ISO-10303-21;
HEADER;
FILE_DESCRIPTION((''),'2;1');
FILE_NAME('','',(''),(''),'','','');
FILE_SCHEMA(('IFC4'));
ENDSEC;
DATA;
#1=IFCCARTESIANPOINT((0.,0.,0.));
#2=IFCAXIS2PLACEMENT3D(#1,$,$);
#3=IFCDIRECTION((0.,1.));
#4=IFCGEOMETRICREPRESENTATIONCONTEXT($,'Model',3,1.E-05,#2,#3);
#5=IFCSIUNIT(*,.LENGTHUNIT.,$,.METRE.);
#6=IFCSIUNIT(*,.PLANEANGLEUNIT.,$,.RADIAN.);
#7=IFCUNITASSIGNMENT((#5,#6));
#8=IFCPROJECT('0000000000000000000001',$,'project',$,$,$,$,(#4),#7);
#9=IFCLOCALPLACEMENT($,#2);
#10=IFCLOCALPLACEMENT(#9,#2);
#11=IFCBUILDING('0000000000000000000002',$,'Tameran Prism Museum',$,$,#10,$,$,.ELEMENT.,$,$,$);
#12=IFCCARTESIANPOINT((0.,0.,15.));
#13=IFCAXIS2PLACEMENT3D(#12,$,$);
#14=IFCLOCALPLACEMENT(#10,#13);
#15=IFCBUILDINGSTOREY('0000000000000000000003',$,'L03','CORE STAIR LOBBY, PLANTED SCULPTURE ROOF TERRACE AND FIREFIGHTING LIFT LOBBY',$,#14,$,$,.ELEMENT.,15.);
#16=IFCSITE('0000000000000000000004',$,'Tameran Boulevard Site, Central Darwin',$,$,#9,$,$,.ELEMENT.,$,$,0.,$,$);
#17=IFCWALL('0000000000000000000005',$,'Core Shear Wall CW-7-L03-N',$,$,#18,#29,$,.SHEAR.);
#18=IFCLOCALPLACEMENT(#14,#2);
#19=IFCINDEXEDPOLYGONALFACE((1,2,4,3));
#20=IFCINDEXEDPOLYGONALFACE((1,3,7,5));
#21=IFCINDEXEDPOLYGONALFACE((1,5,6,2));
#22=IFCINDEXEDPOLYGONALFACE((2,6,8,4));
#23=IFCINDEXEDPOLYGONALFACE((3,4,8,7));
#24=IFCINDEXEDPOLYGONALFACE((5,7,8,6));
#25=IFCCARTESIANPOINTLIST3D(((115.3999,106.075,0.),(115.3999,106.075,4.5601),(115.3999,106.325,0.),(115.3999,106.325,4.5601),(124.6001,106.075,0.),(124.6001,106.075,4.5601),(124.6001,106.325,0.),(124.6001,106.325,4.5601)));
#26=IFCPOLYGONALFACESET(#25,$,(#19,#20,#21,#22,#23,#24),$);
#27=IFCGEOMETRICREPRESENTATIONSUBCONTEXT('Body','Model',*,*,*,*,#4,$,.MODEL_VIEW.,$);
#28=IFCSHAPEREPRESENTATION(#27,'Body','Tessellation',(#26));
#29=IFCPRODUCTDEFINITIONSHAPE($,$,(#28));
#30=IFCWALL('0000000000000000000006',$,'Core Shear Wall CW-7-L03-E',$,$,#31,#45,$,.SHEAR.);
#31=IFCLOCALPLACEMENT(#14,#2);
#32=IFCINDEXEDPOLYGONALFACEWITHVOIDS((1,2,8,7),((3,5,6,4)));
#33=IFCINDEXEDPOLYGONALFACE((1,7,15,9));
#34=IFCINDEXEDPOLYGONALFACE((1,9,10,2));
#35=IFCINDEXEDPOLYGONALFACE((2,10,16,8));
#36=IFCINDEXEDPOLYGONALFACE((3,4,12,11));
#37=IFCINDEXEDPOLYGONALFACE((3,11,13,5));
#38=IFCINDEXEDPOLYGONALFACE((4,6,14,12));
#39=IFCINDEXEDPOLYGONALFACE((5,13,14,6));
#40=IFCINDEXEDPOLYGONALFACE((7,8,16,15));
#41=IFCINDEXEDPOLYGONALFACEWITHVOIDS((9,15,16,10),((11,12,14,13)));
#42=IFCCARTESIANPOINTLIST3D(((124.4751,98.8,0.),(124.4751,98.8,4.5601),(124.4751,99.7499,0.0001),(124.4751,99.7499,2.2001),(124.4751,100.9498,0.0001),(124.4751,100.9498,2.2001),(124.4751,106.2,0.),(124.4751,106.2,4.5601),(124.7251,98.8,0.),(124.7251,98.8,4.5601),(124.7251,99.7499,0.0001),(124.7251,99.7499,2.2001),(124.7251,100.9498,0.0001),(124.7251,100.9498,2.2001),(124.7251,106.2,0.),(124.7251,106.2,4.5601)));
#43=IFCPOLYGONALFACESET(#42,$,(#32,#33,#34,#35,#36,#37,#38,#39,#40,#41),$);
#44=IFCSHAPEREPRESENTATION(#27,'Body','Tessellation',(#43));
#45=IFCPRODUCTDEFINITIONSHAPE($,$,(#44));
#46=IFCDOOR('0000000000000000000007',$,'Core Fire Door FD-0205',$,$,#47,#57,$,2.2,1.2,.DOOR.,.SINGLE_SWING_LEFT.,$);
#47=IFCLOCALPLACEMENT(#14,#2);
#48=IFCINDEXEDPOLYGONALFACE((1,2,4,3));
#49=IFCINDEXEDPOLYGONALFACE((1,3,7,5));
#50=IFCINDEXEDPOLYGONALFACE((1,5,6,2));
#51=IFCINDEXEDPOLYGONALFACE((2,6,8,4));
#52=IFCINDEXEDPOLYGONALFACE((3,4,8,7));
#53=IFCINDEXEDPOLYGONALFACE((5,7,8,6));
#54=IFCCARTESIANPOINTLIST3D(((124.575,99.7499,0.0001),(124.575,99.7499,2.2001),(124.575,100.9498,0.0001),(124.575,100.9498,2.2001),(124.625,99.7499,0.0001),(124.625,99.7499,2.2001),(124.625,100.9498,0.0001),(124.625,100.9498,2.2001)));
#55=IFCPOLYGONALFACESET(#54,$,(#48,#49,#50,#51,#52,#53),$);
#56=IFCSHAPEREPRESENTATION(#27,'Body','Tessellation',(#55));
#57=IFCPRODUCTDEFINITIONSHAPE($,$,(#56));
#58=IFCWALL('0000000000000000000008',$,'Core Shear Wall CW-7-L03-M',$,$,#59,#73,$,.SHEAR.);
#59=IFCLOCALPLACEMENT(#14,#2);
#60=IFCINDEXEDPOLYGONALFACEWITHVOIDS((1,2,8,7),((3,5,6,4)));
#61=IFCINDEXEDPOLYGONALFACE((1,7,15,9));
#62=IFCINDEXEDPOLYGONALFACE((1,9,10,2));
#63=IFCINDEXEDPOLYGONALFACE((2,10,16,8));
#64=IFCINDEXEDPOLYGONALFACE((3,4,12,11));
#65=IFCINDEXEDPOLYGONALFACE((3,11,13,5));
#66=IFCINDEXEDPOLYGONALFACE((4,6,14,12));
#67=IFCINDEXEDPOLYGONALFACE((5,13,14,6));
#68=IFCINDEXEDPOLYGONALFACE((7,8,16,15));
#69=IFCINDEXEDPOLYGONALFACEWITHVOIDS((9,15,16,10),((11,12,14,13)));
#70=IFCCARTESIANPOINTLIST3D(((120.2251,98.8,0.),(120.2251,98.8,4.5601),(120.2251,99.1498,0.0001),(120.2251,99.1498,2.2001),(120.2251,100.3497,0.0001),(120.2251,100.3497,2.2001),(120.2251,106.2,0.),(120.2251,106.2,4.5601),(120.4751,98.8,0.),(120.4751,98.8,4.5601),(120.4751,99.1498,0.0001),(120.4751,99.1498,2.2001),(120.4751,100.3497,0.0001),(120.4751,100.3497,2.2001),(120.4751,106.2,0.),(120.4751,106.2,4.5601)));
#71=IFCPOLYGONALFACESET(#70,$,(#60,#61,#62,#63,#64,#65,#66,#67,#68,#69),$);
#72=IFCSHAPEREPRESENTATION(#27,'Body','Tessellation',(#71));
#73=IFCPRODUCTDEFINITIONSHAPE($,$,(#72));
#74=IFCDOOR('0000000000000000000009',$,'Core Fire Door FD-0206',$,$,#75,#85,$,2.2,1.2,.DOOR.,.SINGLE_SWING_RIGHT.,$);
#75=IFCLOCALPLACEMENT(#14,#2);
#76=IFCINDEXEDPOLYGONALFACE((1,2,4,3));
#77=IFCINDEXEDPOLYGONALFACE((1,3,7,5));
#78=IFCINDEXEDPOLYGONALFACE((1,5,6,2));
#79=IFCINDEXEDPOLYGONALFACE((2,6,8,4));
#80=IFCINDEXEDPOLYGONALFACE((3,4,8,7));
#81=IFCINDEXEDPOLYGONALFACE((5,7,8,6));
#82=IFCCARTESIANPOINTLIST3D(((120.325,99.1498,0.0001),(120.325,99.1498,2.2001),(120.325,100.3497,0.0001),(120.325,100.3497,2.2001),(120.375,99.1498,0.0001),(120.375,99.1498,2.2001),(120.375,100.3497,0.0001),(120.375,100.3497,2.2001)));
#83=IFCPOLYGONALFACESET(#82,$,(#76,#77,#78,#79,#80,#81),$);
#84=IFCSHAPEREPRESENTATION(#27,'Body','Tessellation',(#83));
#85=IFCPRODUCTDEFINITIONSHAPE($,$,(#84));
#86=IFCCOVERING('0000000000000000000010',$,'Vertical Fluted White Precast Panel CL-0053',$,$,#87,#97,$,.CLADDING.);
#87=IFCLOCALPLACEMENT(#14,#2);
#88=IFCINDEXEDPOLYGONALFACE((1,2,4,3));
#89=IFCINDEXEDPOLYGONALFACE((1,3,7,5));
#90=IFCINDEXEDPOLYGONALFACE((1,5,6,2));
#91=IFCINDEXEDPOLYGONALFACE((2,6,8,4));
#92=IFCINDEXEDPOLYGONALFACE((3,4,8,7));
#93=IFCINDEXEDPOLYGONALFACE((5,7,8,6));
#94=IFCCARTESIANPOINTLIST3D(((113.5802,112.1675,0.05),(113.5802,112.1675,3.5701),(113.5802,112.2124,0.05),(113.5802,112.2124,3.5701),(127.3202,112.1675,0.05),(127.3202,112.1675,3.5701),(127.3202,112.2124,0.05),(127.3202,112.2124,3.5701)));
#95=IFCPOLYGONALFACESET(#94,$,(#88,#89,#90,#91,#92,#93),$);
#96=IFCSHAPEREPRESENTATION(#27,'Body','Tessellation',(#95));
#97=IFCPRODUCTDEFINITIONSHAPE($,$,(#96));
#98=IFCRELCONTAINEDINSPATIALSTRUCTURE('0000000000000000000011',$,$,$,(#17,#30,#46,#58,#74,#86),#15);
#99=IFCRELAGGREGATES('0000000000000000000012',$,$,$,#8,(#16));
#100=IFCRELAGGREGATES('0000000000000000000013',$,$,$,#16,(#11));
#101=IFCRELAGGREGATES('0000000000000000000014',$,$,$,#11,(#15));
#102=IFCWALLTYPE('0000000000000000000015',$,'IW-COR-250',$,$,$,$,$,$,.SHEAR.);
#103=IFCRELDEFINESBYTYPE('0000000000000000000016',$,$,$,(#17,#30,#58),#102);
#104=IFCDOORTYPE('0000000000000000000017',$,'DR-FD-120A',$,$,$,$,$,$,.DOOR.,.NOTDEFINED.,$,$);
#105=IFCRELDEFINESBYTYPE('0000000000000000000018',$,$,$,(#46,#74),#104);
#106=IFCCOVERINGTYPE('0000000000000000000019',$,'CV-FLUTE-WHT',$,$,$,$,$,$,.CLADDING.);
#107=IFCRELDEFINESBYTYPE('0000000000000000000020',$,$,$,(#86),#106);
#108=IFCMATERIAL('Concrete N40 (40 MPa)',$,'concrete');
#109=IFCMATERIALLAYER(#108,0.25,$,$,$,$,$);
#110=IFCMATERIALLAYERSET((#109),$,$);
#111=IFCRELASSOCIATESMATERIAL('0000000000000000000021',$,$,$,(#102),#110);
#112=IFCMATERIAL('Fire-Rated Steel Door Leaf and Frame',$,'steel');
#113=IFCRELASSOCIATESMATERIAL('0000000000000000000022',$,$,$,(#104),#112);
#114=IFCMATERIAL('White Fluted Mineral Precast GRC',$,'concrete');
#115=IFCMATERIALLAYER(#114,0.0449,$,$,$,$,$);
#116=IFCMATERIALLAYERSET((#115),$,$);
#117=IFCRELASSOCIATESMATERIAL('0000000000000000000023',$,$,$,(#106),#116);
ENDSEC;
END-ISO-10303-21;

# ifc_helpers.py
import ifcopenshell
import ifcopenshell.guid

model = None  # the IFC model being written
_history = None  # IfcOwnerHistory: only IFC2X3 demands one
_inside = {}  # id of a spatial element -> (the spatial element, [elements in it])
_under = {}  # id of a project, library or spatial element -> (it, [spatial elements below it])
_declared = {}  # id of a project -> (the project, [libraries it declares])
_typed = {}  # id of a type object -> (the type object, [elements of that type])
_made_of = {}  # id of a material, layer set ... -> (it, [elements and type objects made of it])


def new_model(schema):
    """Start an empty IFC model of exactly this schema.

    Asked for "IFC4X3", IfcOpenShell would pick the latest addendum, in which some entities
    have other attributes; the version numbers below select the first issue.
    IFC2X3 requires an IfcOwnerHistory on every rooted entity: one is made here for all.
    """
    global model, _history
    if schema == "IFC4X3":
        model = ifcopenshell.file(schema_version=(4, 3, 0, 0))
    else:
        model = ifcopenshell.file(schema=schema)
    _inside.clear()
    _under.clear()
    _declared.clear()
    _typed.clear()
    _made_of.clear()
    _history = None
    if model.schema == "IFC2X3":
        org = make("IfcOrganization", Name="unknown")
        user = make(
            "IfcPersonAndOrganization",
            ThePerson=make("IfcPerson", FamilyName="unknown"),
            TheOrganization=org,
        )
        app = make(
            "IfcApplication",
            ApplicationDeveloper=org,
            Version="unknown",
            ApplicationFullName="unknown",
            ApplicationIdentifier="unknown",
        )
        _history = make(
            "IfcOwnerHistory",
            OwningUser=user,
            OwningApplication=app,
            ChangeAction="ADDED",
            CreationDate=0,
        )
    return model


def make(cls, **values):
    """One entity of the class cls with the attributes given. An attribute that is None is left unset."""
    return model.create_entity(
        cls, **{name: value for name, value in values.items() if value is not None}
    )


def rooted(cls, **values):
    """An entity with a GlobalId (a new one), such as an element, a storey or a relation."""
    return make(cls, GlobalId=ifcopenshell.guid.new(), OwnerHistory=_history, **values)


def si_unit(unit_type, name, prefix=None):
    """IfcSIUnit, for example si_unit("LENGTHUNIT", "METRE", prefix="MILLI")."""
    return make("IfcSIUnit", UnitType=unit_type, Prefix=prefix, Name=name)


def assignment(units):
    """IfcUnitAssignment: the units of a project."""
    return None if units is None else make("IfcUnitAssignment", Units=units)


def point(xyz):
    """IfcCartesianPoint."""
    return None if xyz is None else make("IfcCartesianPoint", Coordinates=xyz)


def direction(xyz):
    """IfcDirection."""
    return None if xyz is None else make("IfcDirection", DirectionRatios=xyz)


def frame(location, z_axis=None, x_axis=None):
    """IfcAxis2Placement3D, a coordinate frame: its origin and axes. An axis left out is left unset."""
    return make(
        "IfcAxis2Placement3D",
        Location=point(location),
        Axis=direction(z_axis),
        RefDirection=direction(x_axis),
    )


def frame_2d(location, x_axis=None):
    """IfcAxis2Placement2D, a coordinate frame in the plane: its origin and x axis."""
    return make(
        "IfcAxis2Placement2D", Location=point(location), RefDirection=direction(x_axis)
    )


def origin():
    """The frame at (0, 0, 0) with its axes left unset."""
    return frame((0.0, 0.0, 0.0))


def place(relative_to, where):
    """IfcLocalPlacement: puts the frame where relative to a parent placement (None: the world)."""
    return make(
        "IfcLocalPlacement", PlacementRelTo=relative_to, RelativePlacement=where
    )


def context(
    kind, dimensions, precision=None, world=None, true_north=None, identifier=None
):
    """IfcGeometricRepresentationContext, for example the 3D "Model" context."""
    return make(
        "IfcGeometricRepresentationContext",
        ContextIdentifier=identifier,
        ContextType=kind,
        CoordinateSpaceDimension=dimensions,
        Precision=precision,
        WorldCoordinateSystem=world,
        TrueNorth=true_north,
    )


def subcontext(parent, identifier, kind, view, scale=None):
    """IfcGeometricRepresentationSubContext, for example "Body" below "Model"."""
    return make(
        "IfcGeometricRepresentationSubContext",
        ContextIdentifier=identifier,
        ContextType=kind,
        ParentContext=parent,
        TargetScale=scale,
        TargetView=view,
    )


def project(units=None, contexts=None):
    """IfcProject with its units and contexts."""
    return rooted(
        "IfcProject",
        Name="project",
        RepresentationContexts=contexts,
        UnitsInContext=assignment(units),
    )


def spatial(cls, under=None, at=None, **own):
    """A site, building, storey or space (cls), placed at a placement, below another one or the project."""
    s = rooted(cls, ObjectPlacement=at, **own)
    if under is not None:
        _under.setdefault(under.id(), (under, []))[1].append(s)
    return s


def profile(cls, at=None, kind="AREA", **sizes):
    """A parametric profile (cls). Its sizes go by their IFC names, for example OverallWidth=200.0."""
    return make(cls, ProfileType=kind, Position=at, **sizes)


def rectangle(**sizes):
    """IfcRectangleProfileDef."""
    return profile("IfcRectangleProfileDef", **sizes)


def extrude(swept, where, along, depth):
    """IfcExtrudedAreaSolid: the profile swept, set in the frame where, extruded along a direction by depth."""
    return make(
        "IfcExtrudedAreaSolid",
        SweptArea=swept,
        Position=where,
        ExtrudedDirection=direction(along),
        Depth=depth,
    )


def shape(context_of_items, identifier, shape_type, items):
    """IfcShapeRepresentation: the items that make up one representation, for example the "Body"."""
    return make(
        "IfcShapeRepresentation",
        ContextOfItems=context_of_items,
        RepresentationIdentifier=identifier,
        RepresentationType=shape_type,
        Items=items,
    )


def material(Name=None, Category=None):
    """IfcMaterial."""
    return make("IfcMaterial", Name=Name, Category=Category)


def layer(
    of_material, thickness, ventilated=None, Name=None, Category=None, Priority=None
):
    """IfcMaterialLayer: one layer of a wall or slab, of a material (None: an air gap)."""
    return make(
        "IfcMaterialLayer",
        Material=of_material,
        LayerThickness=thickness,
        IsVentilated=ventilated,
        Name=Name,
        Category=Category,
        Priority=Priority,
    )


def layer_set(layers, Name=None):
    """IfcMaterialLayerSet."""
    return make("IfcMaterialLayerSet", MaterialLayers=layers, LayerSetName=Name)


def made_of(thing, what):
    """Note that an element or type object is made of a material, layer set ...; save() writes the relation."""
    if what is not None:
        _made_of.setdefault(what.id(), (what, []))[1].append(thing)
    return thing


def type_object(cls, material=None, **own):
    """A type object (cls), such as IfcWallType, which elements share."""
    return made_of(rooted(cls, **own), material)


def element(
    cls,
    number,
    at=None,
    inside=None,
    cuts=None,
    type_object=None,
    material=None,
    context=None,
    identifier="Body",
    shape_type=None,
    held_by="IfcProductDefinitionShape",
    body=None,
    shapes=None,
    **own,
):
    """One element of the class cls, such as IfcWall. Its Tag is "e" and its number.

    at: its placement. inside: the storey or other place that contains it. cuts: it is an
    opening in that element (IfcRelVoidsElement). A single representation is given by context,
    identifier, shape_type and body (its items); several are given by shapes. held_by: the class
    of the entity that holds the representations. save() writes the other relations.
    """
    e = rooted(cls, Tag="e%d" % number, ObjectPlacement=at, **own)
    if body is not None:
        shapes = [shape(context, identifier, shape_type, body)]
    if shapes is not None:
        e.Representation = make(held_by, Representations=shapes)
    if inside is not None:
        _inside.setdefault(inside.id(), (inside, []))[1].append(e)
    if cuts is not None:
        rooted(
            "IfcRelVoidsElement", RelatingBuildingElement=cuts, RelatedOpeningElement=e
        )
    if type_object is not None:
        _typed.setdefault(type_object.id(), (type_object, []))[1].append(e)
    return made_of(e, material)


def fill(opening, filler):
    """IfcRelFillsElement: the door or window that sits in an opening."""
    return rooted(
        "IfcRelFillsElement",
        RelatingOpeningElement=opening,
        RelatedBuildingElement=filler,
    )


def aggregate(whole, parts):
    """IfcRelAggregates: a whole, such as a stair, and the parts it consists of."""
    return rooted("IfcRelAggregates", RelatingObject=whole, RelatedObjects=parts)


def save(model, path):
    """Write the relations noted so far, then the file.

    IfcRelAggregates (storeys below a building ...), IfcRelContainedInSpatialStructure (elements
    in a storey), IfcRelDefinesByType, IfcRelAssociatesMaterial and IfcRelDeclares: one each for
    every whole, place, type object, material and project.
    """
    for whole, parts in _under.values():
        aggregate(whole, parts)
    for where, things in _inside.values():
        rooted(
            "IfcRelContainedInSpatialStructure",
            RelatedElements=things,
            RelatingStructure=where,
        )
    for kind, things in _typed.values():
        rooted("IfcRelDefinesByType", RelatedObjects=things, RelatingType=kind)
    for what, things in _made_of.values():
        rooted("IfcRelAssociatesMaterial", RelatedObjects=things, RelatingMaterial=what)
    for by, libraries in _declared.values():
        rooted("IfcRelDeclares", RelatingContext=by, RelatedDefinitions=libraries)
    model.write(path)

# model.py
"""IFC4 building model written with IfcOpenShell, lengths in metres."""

from ifc_helpers import new_model, si_unit, direction, frame, frame_2d, origin, place, context, subcontext, project, spatial, rectangle, extrude, material, layer, layer_set, type_object, element, fill, save


model = new_model("IFC4")

# Units and contexts
model_context = context("Model", 3, precision=1e-05, world=origin(), true_north=direction((0.0, 1.0)))
body_context = subcontext(model_context, "Body", "Model", "MODEL_VIEW")
ifc_project = project(units=[si_unit("LENGTHUNIT", "METRE"), si_unit("PLANEANGLEUNIT", "RADIAN")], contexts=[model_context])

# Site, building, storey
site_placement = place(None, origin())
site = spatial("IfcSite", under=ifc_project, at=site_placement, Name="Tameran Boulevard Site, Central Darwin", CompositionType="ELEMENT", RefElevation=0.0)
building_placement = place(site_placement, origin())
building = spatial("IfcBuilding", under=site, at=building_placement, Name="Tameran Prism Museum", CompositionType="ELEMENT")
storey_placement = place(building_placement, frame((0.0, 0.0, 15.0)))
storey = spatial("IfcBuildingStorey", under=building, at=storey_placement, Name="L03", Description="CORE STAIR LOBBY, PLANTED SCULPTURE ROOF TERRACE AND FIREFIGHTING LIFT LOBBY", CompositionType="ELEMENT", Elevation=15.0)

# Wall
ifc_material_1 = material(Name="Concrete N40 (40 MPa)", Category="concrete")
ifc_layer_1 = layer(ifc_material_1, 0.25)
ifc_layer_set_1 = layer_set([ifc_layer_1])
wall_type_1 = type_object("IfcWallType", Name="IW-COR-250", PredefinedType="SHEAR", material=ifc_layer_set_1)
wall_1_placement = place(storey_placement, frame((115.3999, 106.2, 0.0), z_axis=(0.0, 0.0, 1.0), x_axis=(1.0, 0.0, 0.0)))
element("IfcWall", 1, at=wall_1_placement, inside=storey, type_object=wall_type_1, Name="Core Shear Wall CW-7-L03-N", PredefinedType="SHEAR", context=body_context, shape_type="SweptSolid", body=[
    extrude(rectangle(XDim=9.2002, YDim=0.25, at=frame_2d((4.6001, 0.0))), origin(), (0.0, 0.0, 1.0), 4.5601),
])

# Walls, openings, doors
wall_2_placement = place(storey_placement, frame((124.6001, 106.2, 0.0), z_axis=(0.0, 0.0, 1.0), x_axis=(0.0, -1.0, 0.0)))
wall_2 = element("IfcWall", 2, at=wall_2_placement, inside=storey, type_object=wall_type_1, Name="Core Shear Wall CW-7-L03-E", PredefinedType="SHEAR", context=body_context, shape_type="SweptSolid", body=[
    extrude(rectangle(XDim=7.3999, YDim=0.25, at=frame_2d((3.7, 0.0))), origin(), (0.0, 0.0, 1.0), 4.5601),
])
opening_1_placement = place(wall_2_placement, frame((5.25, 0.0, 0.0)))
opening_1 = element("IfcOpeningElement", 3, at=opening_1_placement, cuts=wall_2, PredefinedType="OPENING", context=body_context, shape_type="SweptSolid", body=[
    extrude(rectangle(XDim=1.2, YDim=2.2, at=frame_2d((0.6001, 1.1001))), frame((0.0, 0.135, 0.0), z_axis=(0.0, -1.0, 0.0), x_axis=(1.0, 0.0, 0.0)), (0.0, 0.0, 1.0), 0.27),
])
ifc_material_2 = material(Name="Fire-Rated Steel Door Leaf and Frame", Category="steel")
door_type = type_object("IfcDoorType", Name="DR-FD-120A", OperationType="NOTDEFINED", PredefinedType="DOOR", material=ifc_material_2)
door_1_placement = place(opening_1_placement, origin())
door_1 = element("IfcDoor", 4, at=door_1_placement, inside=storey, type_object=door_type, Name="Core Fire Door FD-0205", OperationType="SINGLE_SWING_LEFT", OverallHeight=2.2, OverallWidth=1.2, PredefinedType="DOOR", context=body_context, shape_type="SweptSolid", body=[
    extrude(rectangle(XDim=1.2, YDim=2.2, at=frame_2d((0.6001, 1.1001))), frame((0.0, 0.0249, 0.0), z_axis=(0.0, -1.0, 0.0), x_axis=(1.0, 0.0, 0.0)), (0.0, 0.0, 1.0), 0.05),
])
fill(opening_1, door_1)
wall_3_placement = place(storey_placement, frame((120.3501, 106.2, 0.0), z_axis=(0.0, 0.0, 1.0), x_axis=(0.0, -1.0, 0.0)))
wall_3 = element("IfcWall", 5, at=wall_3_placement, inside=storey, type_object=wall_type_1, Name="Core Shear Wall CW-7-L03-M", PredefinedType="SHEAR", context=body_context, shape_type="SweptSolid", body=[
    extrude(rectangle(XDim=7.3999, YDim=0.25, at=frame_2d((3.7, 0.0))), origin(), (0.0, 0.0, 1.0), 4.5601),
])
opening_2_placement = place(wall_3_placement, frame((5.8501, 0.0, 0.0)))
opening_2 = element("IfcOpeningElement", 6, at=opening_2_placement, cuts=wall_3, PredefinedType="OPENING", context=body_context, shape_type="SweptSolid", body=[
    extrude(rectangle(XDim=1.2, YDim=2.2, at=frame_2d((0.6001, 1.1001))), frame((0.0, 0.135, 0.0), z_axis=(0.0, -1.0, 0.0), x_axis=(1.0, 0.0, 0.0)), (0.0, 0.0, 1.0), 0.27),
])
door_2_placement = place(opening_2_placement, origin())
door_2 = element("IfcDoor", 7, at=door_2_placement, inside=storey, type_object=door_type, Name="Core Fire Door FD-0206", OperationType="SINGLE_SWING_RIGHT", OverallHeight=2.2, OverallWidth=1.2, PredefinedType="DOOR", context=body_context, shape_type="SweptSolid", body=[
    extrude(rectangle(XDim=1.2, YDim=2.2, at=frame_2d((0.6001, 1.1001))), frame((0.0, 0.0249, 0.0), z_axis=(0.0, -1.0, 0.0), x_axis=(1.0, 0.0, 0.0)), (0.0, 0.0, 1.0), 0.05),
])
fill(opening_2, door_2)

# Covering
ifc_material_3 = material(Name="White Fluted Mineral Precast GRC", Category="concrete")
ifc_layer_2 = layer(ifc_material_3, 0.0449)
ifc_layer_set_2 = layer_set([ifc_layer_2])
covering_type = type_object("IfcCoveringType", Name="CV-FLUTE-WHT", PredefinedType="CLADDING", material=ifc_layer_set_2)
covering_placement = place(storey_placement, frame((113.5801, 112.1899, 0.05), z_axis=(0.0, 0.0, 1.0), x_axis=(1.0, 0.0, 0.0)))
element("IfcCovering", 8, at=covering_placement, inside=storey, type_object=covering_type, Name="Vertical Fluted White Precast Panel CL-0053", PredefinedType="CLADDING", context=body_context, shape_type="SweptSolid", body=[
    extrude(rectangle(XDim=13.74, YDim=0.0449, at=frame_2d((6.8701, 0.0))), origin(), (0.0, 0.0, 1.0), 3.52),
])

save(model, "model.ifc")
